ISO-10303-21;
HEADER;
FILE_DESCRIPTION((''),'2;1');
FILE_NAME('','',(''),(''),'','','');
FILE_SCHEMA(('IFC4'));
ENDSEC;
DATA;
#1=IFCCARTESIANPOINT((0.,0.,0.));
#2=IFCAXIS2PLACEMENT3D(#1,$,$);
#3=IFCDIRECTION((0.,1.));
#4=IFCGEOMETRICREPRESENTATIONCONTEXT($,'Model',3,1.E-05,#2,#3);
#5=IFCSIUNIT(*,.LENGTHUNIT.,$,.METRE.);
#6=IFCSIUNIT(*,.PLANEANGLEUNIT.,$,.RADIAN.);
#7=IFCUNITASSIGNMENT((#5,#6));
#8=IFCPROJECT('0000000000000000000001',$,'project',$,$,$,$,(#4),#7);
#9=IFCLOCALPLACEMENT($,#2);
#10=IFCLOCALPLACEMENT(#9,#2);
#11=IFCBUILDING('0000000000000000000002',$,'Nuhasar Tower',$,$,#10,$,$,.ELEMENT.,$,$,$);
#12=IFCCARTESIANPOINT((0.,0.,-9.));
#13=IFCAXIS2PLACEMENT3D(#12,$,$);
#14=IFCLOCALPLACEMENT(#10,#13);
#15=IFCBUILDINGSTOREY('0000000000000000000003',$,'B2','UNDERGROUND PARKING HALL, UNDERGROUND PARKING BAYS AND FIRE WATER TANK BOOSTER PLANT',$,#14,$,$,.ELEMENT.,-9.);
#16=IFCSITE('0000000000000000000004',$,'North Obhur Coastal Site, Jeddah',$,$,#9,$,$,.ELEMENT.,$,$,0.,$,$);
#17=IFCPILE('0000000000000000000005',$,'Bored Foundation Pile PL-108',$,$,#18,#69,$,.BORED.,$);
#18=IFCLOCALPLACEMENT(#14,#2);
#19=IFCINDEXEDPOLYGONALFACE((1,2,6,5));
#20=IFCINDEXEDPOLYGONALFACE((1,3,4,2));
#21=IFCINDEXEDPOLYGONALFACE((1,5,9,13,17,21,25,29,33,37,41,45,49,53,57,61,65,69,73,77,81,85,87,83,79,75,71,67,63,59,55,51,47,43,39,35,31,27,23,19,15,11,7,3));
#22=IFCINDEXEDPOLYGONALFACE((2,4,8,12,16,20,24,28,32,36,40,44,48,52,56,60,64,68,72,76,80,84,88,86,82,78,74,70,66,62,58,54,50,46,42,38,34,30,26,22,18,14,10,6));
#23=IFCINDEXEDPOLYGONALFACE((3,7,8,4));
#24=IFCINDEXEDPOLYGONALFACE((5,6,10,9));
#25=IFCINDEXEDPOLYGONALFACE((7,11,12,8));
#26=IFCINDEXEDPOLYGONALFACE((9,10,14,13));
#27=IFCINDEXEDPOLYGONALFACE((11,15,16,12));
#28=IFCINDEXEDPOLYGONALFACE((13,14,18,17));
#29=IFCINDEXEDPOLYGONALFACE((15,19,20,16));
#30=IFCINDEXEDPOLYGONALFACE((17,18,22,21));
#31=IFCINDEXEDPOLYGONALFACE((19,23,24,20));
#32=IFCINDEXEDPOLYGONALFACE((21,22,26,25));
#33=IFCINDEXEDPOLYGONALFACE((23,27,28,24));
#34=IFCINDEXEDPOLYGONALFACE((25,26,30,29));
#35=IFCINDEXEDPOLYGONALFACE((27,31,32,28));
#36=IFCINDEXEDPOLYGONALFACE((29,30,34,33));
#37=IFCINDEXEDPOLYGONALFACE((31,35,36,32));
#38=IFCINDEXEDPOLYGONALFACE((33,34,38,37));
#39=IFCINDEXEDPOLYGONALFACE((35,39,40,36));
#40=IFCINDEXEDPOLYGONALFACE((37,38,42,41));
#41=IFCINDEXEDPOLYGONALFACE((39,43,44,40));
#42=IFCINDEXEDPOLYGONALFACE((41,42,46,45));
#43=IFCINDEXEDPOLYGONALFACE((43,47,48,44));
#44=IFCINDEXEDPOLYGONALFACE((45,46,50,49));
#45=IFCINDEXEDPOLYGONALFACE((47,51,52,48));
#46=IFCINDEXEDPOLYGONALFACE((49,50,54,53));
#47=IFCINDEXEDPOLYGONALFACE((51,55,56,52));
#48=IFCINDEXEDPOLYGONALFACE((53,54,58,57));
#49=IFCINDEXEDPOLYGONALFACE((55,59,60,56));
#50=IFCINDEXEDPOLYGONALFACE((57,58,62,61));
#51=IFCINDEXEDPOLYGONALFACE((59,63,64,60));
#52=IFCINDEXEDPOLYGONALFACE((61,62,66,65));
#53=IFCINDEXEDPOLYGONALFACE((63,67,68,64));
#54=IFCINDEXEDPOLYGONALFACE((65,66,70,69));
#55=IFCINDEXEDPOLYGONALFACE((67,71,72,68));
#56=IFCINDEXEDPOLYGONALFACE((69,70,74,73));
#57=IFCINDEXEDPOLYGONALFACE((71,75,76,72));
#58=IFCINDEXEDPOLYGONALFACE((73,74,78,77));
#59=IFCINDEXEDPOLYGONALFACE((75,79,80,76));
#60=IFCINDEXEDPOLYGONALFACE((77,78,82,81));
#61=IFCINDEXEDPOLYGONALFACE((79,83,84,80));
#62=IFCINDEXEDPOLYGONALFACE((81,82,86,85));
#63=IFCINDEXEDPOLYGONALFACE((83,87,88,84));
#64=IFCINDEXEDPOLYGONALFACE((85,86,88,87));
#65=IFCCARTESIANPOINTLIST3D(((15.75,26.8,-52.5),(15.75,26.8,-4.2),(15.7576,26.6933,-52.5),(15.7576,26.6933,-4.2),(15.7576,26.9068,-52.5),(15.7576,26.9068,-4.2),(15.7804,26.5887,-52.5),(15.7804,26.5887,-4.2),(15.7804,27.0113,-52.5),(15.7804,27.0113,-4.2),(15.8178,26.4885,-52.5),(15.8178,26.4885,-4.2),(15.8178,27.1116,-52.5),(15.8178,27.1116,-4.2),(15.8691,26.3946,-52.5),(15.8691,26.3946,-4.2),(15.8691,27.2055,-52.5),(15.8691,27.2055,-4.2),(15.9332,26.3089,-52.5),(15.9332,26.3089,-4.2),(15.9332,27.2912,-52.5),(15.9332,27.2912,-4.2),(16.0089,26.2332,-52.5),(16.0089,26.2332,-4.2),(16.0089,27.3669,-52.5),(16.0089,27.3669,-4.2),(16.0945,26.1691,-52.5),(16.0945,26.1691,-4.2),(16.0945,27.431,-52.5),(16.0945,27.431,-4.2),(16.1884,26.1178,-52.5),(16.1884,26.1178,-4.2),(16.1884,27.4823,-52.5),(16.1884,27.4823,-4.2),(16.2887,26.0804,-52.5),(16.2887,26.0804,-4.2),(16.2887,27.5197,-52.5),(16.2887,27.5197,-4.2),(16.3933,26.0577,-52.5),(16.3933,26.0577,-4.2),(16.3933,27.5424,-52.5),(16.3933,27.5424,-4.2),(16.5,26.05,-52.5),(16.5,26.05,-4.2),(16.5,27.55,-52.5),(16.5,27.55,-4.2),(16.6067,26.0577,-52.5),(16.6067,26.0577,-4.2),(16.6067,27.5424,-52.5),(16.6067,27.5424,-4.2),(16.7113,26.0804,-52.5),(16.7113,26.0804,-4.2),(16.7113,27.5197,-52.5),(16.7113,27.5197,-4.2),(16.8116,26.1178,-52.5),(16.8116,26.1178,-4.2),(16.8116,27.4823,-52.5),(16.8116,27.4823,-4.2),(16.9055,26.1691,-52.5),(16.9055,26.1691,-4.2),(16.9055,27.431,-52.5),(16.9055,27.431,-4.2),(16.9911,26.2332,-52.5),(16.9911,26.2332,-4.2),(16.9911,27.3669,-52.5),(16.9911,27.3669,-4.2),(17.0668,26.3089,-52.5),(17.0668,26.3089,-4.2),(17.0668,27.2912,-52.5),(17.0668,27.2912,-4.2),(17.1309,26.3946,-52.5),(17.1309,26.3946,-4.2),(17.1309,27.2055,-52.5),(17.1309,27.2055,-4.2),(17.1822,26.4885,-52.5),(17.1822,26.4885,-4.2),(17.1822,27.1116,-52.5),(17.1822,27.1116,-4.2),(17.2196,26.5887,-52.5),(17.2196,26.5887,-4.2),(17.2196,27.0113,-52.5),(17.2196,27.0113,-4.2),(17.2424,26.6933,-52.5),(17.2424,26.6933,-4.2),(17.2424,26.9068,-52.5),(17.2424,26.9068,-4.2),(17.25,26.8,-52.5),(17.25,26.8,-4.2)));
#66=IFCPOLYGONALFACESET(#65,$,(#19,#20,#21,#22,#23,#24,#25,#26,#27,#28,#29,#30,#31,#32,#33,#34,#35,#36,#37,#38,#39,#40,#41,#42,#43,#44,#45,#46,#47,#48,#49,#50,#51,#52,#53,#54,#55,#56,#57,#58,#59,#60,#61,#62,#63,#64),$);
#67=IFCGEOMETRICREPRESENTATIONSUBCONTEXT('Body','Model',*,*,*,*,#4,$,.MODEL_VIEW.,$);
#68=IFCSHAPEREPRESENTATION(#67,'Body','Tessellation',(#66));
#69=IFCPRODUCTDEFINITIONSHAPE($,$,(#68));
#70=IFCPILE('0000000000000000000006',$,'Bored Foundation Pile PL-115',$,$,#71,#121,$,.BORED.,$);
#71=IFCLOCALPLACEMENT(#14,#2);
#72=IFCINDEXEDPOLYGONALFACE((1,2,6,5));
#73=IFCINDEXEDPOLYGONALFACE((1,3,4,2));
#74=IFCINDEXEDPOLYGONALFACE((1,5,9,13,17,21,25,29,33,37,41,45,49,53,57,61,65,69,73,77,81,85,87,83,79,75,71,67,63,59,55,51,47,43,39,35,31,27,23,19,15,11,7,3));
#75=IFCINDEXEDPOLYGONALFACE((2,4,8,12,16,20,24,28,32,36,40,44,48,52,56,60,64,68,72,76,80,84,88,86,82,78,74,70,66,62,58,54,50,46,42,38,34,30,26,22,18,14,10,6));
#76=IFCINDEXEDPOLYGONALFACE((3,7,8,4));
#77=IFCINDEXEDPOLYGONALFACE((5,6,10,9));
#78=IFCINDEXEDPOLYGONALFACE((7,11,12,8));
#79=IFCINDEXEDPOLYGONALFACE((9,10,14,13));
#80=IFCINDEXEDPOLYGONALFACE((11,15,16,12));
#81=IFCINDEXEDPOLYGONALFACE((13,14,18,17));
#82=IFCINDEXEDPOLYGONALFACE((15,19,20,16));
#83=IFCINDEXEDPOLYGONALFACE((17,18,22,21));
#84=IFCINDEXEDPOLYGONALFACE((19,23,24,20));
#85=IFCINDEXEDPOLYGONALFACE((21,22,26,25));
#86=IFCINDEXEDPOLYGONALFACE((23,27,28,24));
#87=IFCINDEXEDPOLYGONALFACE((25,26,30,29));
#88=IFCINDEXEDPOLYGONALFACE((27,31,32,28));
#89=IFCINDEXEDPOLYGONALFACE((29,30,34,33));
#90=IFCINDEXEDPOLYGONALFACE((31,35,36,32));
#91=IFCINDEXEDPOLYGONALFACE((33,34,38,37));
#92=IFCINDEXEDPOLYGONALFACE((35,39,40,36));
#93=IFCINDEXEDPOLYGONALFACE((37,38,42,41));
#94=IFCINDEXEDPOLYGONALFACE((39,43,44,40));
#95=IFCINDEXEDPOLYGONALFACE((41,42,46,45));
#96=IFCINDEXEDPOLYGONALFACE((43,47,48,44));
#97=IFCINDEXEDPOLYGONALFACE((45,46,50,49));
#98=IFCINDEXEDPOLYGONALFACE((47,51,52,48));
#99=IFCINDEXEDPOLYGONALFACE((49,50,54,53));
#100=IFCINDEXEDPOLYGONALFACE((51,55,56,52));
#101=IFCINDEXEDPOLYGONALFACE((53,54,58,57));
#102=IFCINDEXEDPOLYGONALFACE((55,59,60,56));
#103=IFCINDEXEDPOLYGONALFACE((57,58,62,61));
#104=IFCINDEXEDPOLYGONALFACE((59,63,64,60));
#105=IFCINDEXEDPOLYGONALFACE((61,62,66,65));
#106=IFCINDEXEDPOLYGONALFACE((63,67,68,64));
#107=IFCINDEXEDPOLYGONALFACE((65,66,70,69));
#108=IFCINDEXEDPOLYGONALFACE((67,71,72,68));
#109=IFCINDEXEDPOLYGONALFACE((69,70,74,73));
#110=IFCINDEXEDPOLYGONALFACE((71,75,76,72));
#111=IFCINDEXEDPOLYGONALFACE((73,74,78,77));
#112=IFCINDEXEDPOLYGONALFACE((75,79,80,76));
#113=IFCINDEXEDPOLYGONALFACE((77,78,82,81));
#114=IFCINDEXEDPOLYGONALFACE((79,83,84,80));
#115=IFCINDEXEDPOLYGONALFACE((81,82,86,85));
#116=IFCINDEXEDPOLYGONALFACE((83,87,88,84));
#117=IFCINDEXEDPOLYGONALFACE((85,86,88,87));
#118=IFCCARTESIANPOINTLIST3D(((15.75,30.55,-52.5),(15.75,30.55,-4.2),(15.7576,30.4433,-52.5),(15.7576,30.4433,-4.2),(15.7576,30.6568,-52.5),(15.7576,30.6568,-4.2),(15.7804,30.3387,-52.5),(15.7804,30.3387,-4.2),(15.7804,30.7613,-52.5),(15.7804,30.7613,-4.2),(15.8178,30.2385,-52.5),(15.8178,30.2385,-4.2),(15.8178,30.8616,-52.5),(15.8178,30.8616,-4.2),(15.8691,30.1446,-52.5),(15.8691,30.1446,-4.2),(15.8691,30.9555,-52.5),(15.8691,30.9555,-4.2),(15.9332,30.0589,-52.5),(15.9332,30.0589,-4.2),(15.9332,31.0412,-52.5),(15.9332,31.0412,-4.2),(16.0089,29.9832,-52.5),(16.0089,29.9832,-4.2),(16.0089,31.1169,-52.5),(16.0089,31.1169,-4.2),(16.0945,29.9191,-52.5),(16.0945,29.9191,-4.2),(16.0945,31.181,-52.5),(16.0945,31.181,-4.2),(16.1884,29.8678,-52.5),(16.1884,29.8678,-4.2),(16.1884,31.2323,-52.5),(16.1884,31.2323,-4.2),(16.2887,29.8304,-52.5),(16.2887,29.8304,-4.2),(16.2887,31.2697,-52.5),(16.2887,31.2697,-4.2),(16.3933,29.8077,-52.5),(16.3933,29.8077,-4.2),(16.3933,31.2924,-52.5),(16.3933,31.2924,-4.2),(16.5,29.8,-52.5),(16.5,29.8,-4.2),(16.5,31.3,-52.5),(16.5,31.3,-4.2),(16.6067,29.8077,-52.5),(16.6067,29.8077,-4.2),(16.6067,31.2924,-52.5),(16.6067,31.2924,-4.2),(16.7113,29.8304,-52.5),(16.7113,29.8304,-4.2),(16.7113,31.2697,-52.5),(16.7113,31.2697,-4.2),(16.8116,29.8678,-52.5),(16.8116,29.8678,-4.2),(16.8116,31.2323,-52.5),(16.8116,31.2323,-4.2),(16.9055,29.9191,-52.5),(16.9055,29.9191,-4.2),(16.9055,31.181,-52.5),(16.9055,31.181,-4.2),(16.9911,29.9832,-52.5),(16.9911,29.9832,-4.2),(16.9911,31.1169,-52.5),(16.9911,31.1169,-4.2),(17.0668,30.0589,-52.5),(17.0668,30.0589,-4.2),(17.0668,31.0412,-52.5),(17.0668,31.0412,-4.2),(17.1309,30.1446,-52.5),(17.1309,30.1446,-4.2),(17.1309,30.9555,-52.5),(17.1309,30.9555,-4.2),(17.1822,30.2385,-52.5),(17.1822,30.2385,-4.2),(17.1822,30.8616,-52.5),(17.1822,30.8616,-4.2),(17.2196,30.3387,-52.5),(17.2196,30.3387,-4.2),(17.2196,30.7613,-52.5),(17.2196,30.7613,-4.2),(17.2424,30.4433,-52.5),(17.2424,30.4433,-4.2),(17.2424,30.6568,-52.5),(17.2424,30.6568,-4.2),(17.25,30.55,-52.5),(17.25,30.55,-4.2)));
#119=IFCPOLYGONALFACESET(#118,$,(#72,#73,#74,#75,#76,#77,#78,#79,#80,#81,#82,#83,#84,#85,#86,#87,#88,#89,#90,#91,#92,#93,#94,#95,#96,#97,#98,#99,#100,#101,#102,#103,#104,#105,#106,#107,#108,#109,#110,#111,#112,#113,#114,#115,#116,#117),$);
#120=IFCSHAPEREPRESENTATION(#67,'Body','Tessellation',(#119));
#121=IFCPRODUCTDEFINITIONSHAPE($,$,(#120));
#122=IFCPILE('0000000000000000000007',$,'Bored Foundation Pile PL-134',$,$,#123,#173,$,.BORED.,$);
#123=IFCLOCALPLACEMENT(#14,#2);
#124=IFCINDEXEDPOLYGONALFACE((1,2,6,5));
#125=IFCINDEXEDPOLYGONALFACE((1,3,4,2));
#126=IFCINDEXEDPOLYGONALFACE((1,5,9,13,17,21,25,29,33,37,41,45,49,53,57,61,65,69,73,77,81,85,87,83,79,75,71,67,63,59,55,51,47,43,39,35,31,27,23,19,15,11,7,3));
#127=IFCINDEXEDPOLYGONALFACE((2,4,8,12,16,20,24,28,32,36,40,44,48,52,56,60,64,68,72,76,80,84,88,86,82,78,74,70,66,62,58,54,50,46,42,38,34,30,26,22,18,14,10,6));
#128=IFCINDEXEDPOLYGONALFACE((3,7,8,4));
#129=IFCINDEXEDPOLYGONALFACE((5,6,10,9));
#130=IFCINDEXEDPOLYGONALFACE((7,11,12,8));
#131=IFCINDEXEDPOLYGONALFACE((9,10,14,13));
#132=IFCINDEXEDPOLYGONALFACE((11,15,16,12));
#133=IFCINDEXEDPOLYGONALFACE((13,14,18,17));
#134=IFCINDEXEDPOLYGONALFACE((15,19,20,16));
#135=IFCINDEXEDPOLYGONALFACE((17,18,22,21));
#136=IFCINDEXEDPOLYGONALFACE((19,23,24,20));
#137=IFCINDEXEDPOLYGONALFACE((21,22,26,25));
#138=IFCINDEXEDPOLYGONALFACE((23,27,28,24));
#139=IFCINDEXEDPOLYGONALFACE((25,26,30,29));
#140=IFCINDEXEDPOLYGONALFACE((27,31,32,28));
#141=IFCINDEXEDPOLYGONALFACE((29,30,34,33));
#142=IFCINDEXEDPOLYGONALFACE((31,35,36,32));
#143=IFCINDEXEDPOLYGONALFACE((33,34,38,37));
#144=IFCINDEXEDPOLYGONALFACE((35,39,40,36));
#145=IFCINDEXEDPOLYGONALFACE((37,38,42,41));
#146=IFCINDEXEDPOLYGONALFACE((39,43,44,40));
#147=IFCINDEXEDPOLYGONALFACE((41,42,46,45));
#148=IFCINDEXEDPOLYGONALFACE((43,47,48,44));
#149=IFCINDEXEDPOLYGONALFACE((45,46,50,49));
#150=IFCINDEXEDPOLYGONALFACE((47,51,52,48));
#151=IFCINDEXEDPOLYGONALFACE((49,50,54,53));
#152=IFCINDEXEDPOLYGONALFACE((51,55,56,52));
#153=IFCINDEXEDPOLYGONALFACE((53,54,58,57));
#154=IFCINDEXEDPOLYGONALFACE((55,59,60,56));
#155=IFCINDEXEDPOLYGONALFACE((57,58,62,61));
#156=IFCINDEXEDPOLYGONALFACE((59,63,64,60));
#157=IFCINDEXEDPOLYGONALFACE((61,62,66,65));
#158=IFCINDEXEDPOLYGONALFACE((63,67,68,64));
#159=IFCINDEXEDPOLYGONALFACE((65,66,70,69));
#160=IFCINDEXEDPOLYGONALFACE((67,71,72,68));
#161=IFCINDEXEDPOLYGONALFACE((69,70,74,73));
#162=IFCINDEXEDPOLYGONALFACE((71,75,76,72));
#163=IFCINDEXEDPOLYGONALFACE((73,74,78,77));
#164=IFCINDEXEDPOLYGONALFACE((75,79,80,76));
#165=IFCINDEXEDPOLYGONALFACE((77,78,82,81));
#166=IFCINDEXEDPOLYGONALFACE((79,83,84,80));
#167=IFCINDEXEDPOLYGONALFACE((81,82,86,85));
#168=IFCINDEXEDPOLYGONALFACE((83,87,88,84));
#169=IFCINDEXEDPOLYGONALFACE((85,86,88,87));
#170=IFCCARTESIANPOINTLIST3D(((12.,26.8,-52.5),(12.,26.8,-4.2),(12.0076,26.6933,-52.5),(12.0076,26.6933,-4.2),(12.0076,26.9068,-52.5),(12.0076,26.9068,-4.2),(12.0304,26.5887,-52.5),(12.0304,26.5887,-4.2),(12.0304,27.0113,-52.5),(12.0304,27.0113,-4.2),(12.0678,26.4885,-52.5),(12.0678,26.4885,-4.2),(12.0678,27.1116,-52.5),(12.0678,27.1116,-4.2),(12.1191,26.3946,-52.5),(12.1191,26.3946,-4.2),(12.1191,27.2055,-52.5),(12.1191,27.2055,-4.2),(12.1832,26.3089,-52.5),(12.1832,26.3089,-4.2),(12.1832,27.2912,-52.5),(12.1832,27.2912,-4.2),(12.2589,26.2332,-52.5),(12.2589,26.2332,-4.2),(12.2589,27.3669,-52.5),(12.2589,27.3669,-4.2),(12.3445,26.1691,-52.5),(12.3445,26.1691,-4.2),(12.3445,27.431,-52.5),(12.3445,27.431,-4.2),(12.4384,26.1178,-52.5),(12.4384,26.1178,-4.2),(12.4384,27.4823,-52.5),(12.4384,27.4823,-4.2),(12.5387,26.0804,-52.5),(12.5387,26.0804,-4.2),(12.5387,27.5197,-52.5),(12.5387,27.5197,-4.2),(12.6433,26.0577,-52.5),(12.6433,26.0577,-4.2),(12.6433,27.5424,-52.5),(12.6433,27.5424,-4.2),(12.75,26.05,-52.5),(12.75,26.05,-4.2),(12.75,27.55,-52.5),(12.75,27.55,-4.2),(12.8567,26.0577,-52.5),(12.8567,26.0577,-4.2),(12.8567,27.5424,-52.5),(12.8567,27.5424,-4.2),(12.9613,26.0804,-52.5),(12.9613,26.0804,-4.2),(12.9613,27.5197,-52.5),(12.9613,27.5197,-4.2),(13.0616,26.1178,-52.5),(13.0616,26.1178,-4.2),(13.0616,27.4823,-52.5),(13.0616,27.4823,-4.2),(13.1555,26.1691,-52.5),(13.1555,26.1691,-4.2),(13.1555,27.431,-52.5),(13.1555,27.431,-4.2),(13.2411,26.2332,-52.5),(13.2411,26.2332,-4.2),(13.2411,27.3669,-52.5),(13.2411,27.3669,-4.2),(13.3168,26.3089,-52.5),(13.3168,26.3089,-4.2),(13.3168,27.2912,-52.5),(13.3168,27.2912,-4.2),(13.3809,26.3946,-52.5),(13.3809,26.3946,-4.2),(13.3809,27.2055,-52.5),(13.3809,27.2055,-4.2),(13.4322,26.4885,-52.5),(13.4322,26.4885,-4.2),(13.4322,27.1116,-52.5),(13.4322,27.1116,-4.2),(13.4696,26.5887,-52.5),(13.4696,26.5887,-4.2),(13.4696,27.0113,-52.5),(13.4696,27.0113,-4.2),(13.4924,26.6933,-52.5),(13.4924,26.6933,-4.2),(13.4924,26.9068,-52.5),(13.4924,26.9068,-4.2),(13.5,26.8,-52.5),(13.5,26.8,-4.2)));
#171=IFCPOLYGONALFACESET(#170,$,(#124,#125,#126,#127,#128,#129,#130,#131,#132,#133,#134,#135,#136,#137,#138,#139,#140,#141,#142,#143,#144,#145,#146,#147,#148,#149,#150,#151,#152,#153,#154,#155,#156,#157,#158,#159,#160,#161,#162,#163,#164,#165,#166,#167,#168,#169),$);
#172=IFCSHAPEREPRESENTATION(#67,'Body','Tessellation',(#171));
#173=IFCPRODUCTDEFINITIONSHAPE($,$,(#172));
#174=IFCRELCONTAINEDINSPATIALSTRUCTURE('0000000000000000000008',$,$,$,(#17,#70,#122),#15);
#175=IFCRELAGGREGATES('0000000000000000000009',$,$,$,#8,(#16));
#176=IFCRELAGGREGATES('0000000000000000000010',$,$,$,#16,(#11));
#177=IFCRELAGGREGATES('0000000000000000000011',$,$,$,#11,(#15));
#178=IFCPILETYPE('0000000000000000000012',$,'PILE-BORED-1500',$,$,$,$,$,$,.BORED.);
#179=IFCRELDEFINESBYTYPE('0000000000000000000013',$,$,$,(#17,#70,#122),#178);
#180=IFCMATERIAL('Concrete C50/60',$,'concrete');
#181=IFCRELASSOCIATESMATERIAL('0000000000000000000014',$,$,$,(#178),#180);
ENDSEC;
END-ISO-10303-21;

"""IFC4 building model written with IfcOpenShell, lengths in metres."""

from ifc_helpers import new_model, si_unit, direction, frame, origin, origin_2d, place, context, subcontext, project, spatial, circle, extrude, material, material_profile, profile_set, type_object, element, save


model = new_model("IFC4")

# Units and contexts
model_context = context("Model", 3, precision=1e-05, world=origin(), true_north=direction((0.0, 1.0)))
body_context = subcontext(model_context, "Body", "Model", "MODEL_VIEW")
ifc_project = project(units=[si_unit("LENGTHUNIT", "METRE"), si_unit("PLANEANGLEUNIT", "RADIAN")], contexts=[model_context])

# Site, building, storey
site_placement = place(None, origin())
site = spatial("IfcSite", under=ifc_project, at=site_placement, Name="North Obhur Coastal Site, Jeddah", CompositionType="ELEMENT", RefElevation=0.0)
building_placement = place(site_placement, origin())
building = spatial("IfcBuilding", under=site, at=building_placement, Name="Nuhasar Tower", CompositionType="ELEMENT")
storey_placement = place(building_placement, frame((0.0, 0.0, -9.0)))
storey = spatial("IfcBuildingStorey", under=building, at=storey_placement, Name="B2", Description="UNDERGROUND PARKING HALL, UNDERGROUND PARKING BAYS AND FIRE WATER TANK BOOSTER PLANT", CompositionType="ELEMENT", Elevation=-9.0)

# Shared definitions
ifc_material_1 = material(Name="Concrete C50/60", Category="concrete")

# Piles
ifc_material_profile_1 = material_profile(ifc_material_1, circle(Radius=0.75, at=origin_2d()), Name="PILE1500")
ifc_profile_set_1 = profile_set([ifc_material_profile_1], Name="Concrete C50/60")
pile_type_1 = type_object("IfcPileType", Name="PILE-BORED-1500", PredefinedType="BORED", material=ifc_profile_set_1)
for number, where, z_axis, x_axis, name in (
    (1, (16.5, 26.8, -4.2), (0.0, 0.0, -1.0), (1.0, 0.0, 0.0), "Bored Foundation Pile PL-108"),
    (2, (16.5, 30.55, -4.2), (0.0, 0.0, -1.0), (1.0, 0.0, 0.0), "Bored Foundation Pile PL-115"),
    (3, (12.75, 26.8, -4.2), (0.0, 0.0, -1.0), (1.0, 0.0, 0.0), "Bored Foundation Pile PL-134"),
):
    element("IfcPile", number, at=place(storey_placement, frame(where, z_axis=z_axis, x_axis=x_axis)), inside=storey, type_object=pile_type_1, Name=name, PredefinedType="BORED", context=body_context, shape_type="SweptSolid", body=[
        extrude(circle(Radius=0.75, at=origin_2d()), origin(), (0.0, 0.0, 1.0), 48.3),
    ])

save(model, "model.ifc")
